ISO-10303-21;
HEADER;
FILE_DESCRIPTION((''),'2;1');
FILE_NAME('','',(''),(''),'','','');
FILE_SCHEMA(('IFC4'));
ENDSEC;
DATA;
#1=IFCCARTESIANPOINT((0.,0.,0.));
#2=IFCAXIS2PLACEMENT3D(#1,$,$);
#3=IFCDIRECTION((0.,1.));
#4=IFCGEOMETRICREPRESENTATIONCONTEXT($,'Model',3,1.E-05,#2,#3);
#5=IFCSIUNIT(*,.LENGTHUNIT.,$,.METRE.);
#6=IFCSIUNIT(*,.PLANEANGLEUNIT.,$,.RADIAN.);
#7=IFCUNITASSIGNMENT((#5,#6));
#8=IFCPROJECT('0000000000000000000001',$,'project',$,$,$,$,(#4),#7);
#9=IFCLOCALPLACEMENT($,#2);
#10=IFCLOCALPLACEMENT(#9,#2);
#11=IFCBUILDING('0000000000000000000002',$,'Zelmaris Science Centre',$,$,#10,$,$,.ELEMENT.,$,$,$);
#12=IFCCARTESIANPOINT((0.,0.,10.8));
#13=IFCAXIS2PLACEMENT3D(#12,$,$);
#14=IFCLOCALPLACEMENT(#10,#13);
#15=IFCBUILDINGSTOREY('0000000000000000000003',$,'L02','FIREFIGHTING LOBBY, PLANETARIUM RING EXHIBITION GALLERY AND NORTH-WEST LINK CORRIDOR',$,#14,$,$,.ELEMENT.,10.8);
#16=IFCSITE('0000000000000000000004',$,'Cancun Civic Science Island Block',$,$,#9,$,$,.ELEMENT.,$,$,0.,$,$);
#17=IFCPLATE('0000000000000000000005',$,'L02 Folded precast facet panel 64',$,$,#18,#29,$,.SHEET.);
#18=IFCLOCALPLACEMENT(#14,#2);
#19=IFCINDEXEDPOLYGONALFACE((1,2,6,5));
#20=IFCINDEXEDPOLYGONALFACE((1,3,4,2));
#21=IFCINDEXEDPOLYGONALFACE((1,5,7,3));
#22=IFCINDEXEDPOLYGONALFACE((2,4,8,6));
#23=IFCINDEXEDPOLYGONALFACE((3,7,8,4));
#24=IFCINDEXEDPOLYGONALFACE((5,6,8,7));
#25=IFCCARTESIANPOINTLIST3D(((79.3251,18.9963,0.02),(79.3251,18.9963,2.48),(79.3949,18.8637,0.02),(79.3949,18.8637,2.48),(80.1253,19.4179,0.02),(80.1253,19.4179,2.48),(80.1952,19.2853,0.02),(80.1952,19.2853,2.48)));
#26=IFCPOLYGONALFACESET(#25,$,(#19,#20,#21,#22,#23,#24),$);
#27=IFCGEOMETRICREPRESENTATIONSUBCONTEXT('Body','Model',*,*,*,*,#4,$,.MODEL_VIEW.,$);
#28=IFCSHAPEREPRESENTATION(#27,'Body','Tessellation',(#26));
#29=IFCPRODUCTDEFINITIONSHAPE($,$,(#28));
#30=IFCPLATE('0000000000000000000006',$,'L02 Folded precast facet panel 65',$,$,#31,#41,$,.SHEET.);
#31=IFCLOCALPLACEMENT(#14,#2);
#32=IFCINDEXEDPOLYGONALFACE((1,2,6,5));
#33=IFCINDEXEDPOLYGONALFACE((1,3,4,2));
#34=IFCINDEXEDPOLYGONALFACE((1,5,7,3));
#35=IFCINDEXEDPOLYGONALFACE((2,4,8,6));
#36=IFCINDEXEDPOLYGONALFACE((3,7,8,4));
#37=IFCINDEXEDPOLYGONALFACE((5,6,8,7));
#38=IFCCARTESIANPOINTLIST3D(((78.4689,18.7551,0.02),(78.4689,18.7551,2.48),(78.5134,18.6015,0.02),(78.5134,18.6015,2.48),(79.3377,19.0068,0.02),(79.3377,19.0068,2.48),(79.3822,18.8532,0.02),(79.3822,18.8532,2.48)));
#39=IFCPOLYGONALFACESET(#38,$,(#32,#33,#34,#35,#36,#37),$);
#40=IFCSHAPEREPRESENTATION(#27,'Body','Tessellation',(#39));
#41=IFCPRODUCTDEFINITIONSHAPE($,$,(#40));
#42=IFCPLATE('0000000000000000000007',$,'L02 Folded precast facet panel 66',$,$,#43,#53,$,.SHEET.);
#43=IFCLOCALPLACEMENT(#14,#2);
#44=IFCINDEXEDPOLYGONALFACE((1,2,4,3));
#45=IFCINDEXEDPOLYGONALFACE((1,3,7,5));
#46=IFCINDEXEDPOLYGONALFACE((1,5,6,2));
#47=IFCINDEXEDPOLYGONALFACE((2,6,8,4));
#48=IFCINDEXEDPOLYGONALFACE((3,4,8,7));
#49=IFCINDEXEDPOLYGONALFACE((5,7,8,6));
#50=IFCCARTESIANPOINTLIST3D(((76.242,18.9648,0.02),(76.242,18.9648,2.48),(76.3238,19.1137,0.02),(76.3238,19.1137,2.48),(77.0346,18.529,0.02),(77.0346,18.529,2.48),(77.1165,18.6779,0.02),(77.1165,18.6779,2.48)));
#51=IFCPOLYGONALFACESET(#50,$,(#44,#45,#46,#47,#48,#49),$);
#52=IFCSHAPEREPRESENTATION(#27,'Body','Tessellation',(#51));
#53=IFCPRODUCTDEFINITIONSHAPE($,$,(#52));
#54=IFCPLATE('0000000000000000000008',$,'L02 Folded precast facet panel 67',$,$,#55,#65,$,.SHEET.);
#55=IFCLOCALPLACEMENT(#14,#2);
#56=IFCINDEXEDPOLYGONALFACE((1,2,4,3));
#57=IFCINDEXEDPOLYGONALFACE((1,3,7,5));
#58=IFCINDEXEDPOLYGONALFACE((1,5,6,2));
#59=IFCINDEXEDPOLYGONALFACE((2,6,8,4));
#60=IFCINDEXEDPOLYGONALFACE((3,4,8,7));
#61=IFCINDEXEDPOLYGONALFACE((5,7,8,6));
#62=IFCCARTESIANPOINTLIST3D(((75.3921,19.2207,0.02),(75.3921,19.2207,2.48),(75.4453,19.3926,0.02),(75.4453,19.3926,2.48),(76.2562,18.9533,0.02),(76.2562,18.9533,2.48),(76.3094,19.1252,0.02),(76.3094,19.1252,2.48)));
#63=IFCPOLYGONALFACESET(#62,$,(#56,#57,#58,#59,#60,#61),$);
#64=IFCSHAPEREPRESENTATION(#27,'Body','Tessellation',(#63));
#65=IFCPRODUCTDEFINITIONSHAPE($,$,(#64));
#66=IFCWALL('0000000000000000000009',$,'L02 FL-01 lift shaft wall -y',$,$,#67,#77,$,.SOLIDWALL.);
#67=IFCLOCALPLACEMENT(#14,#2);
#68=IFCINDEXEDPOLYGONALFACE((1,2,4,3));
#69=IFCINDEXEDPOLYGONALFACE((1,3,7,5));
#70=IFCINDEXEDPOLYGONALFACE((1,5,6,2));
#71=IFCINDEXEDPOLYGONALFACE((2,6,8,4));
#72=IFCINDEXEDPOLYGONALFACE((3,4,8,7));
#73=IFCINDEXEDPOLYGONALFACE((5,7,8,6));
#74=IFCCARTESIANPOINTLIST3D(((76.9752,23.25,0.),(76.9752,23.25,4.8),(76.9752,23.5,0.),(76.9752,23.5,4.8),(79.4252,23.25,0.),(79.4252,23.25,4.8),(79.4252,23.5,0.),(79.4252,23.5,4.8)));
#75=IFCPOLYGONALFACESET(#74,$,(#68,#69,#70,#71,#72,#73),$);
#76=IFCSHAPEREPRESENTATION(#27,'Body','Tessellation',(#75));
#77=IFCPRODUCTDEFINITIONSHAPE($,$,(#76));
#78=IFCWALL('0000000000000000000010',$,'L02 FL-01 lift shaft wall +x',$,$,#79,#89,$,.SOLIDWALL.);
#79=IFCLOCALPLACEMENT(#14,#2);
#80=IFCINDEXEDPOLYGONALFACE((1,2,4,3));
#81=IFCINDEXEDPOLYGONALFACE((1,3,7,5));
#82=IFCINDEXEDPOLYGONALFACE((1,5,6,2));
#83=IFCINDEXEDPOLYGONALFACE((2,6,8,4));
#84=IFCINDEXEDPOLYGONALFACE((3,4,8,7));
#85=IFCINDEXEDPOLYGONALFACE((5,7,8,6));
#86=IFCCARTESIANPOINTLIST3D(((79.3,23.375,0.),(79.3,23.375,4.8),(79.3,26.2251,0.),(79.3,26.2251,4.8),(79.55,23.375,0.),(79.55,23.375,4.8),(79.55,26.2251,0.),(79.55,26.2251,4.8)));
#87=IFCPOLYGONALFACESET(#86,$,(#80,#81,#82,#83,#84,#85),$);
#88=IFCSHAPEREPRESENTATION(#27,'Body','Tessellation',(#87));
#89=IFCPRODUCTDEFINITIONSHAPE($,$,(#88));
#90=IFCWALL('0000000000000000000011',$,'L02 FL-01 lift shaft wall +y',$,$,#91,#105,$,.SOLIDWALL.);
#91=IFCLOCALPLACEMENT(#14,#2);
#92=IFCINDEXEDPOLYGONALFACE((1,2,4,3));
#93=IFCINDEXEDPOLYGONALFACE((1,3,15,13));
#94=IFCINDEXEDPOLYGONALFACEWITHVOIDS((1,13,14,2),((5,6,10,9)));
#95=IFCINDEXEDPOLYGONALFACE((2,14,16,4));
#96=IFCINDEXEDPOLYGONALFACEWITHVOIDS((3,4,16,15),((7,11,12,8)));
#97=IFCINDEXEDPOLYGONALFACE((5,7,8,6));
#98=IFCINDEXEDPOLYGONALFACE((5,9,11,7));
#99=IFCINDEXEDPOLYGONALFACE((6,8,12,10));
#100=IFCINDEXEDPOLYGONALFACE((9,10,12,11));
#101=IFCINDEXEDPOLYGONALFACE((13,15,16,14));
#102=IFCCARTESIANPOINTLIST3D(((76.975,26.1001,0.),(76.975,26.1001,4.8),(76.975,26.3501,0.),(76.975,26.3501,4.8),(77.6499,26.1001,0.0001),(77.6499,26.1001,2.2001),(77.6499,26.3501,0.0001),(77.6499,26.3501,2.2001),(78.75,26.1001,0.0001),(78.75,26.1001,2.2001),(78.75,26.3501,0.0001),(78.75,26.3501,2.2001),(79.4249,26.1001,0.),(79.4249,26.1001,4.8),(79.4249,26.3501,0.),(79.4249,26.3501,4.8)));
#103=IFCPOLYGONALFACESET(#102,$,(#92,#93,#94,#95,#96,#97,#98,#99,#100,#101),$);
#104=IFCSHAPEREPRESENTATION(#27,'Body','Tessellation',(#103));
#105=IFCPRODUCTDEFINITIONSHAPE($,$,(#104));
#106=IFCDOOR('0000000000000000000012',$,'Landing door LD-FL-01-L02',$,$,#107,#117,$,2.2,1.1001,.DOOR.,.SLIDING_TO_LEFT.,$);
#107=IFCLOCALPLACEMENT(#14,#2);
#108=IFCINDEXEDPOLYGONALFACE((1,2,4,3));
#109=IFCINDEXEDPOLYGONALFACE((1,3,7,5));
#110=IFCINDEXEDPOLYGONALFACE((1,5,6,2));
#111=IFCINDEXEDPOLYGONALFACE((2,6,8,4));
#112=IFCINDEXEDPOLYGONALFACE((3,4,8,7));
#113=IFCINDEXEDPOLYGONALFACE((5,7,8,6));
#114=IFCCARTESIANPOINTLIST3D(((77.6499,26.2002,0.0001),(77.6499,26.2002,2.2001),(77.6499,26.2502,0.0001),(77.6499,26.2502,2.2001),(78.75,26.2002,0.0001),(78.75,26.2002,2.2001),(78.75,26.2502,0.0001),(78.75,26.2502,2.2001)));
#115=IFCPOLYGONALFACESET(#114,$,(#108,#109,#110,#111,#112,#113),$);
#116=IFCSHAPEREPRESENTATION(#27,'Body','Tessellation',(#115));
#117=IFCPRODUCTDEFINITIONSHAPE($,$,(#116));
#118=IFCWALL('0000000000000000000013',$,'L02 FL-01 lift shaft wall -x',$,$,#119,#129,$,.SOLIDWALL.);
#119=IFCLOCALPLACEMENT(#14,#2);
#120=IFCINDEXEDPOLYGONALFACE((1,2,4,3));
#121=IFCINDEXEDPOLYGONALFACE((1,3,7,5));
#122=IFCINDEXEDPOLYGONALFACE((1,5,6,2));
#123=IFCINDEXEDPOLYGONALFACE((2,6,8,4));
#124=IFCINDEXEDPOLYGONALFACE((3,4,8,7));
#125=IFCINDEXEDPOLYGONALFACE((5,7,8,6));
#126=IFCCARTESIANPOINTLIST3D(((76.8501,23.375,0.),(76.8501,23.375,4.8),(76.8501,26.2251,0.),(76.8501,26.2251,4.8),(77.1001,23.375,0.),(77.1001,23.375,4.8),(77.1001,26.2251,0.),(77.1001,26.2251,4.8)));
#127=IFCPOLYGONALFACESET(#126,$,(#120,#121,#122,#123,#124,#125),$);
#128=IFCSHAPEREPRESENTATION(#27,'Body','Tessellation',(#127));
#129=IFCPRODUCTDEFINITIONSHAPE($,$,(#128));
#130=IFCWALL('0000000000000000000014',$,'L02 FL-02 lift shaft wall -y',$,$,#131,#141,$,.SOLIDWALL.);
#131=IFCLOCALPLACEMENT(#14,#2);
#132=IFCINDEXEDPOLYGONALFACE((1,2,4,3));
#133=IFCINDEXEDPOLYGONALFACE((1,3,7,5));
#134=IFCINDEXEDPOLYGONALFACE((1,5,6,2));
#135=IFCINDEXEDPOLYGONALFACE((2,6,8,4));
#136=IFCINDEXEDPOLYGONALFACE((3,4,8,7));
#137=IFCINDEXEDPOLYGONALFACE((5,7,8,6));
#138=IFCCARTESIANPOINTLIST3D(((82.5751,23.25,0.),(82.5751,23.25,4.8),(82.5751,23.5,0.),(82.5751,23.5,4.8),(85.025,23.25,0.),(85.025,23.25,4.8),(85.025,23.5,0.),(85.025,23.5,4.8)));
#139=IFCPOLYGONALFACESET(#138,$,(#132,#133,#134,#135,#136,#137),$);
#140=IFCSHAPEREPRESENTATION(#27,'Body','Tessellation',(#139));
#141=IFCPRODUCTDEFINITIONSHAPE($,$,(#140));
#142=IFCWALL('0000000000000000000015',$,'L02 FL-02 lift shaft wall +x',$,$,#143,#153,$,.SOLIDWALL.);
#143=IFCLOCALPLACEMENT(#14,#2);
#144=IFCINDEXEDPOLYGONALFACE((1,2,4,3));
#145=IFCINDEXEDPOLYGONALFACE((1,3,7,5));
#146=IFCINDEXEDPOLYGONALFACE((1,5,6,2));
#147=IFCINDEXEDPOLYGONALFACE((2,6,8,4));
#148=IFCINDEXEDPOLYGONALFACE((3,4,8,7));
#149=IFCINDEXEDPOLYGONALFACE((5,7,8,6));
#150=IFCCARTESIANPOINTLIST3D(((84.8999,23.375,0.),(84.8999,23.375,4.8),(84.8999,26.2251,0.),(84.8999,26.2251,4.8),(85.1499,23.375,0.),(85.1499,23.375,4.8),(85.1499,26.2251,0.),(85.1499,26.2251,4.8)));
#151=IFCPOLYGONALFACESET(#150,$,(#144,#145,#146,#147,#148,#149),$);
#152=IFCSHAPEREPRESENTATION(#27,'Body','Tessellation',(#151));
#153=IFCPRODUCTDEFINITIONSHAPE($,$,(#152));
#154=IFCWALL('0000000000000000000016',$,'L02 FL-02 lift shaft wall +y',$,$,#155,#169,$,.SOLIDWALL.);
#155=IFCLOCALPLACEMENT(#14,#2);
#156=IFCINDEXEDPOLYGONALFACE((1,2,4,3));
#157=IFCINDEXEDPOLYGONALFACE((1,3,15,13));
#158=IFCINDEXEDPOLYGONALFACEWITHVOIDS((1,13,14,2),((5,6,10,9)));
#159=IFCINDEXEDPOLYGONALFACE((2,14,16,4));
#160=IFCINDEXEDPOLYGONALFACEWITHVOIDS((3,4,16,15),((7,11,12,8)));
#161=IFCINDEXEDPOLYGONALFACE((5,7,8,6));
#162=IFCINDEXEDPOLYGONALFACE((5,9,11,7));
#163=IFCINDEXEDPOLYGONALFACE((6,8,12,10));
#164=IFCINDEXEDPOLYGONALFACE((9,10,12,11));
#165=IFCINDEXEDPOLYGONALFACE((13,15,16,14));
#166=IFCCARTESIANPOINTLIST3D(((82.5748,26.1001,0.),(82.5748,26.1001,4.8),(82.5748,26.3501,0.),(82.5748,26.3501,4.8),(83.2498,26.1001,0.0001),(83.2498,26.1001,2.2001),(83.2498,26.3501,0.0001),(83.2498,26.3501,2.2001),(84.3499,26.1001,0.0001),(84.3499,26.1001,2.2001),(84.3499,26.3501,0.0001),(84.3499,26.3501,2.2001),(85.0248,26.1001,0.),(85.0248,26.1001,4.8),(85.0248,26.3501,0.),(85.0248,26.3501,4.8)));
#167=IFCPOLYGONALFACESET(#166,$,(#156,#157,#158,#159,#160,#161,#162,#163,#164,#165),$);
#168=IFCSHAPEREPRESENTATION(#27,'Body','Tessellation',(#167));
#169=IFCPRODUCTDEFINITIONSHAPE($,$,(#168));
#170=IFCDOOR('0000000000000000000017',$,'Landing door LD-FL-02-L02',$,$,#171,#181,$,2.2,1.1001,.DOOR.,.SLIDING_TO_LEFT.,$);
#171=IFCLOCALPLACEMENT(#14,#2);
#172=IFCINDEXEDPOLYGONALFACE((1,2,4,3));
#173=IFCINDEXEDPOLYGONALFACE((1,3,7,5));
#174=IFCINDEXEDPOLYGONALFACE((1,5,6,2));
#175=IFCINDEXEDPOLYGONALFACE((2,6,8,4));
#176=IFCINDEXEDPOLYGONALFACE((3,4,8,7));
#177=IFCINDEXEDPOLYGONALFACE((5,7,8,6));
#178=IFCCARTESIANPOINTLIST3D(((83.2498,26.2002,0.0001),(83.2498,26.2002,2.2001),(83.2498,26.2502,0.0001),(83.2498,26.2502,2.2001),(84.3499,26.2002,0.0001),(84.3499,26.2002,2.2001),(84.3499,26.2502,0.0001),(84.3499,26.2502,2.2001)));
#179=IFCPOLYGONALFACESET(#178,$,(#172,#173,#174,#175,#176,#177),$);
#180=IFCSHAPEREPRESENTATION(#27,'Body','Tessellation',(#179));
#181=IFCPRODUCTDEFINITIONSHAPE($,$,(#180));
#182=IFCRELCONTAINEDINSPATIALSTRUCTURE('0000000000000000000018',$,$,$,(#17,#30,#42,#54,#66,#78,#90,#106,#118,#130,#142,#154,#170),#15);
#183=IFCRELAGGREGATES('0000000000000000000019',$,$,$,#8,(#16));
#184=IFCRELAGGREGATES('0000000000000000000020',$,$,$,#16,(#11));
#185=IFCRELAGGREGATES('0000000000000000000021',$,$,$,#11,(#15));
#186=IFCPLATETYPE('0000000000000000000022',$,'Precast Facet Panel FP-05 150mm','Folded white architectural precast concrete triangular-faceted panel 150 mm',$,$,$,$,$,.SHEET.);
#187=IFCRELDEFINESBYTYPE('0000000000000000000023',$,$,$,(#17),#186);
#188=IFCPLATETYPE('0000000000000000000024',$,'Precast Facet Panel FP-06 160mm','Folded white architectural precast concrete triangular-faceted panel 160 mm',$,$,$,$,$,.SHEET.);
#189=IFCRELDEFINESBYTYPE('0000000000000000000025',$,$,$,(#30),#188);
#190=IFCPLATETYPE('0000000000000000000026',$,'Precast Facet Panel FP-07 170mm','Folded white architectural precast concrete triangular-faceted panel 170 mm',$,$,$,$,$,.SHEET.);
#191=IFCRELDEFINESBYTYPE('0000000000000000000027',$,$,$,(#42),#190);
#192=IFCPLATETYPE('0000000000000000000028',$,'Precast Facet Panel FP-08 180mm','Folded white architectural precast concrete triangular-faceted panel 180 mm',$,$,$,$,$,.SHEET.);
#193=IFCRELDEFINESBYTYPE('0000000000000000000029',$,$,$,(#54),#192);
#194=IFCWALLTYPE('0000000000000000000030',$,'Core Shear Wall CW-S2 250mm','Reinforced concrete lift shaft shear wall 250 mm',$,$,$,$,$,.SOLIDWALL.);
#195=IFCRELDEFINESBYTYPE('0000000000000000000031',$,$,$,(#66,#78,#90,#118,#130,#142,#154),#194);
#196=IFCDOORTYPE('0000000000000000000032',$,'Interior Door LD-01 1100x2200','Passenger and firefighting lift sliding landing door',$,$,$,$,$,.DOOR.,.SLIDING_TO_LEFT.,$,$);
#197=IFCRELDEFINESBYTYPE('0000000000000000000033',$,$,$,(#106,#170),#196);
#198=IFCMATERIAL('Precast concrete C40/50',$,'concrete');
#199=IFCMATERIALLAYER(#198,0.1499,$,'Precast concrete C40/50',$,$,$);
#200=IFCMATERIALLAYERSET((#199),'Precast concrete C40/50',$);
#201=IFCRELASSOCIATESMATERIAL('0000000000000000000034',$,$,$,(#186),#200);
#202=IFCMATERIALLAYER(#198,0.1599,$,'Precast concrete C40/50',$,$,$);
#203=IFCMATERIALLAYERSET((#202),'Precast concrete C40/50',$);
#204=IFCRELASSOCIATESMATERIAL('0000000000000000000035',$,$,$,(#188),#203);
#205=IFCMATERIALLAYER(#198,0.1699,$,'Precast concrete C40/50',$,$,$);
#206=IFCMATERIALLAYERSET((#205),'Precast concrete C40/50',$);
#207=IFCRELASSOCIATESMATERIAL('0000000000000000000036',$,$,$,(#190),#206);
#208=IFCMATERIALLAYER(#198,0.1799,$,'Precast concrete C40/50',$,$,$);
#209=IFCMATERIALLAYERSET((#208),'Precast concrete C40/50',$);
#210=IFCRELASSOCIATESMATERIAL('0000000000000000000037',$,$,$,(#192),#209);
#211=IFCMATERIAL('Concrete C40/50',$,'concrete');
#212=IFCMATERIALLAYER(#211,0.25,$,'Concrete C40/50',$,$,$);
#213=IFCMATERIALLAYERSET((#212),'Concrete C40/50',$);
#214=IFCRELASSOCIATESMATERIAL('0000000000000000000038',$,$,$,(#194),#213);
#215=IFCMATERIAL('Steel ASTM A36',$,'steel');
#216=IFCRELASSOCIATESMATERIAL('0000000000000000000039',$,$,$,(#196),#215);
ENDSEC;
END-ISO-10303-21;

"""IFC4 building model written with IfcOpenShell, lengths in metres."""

from ifc_helpers import new_model, si_unit, direction, frame, frame_2d, origin, place, context, subcontext, project, spatial, rectangle, extrude, material, layer, layer_set, type_object, element, fill, save


model = new_model("IFC4")

# Units and contexts
model_context = context("Model", 3, precision=1e-05, world=origin(), true_north=direction((0.0, 1.0)))
body_context = subcontext(model_context, "Body", "Model", "MODEL_VIEW")
ifc_project = project(units=[si_unit("LENGTHUNIT", "METRE"), si_unit("PLANEANGLEUNIT", "RADIAN")], contexts=[model_context])

# Site, building, storey
site_placement = place(None, origin())
site = spatial("IfcSite", under=ifc_project, at=site_placement, Name="Cancun Civic Science Island Block", CompositionType="ELEMENT", RefElevation=0.0)
building_placement = place(site_placement, origin())
building = spatial("IfcBuilding", under=site, at=building_placement, Name="Zelmaris Science Centre", CompositionType="ELEMENT")
storey_placement = place(building_placement, frame((0.0, 0.0, 10.8)))
storey = spatial("IfcBuildingStorey", under=building, at=storey_placement, Name="L02", Description="FIREFIGHTING LOBBY, PLANETARIUM RING EXHIBITION GALLERY AND NORTH-WEST LINK CORRIDOR", CompositionType="ELEMENT", Elevation=10.8)

# Plates
ifc_material_1 = material(Name="Precast concrete C40/50", Category="concrete")
ifc_layer_1 = layer(ifc_material_1, 0.1499, Name="Precast concrete C40/50")
ifc_layer_set_1 = layer_set([ifc_layer_1], Name="Precast concrete C40/50")
plate_type_1 = type_object("IfcPlateType", Name="Precast Facet Panel FP-05 150mm", Description="Folded white architectural precast concrete triangular-faceted panel 150 mm", PredefinedType="SHEET", material=ifc_layer_set_1)
plate_1_placement = place(storey_placement, frame((80.1602, 19.3516, 0.02), z_axis=(0.0, 0.0, 1.0), x_axis=(-0.884725, -0.466113, 0.0)))
element("IfcPlate", 1, at=plate_1_placement, inside=storey, type_object=plate_type_1, Name="L02 Folded precast facet panel 64", PredefinedType="SHEET", context=body_context, shape_type="SweptSolid", body=[
    extrude(rectangle(XDim=0.9045, YDim=0.1499, at=frame_2d((0.4521, 0.0))), origin(), (0.0, 0.0, 1.0), 2.46),
])
ifc_layer_2 = layer(ifc_material_1, 0.1599, Name="Precast concrete C40/50")
ifc_layer_set_2 = layer_set([ifc_layer_2], Name="Precast concrete C40/50")
plate_type_2 = type_object("IfcPlateType", Name="Precast Facet Panel FP-06 160mm", Description="Folded white architectural precast concrete triangular-faceted panel 160 mm", PredefinedType="SHEET", material=ifc_layer_set_2)
plate_2_placement = place(storey_placement, frame((79.3599, 18.9299, 0.02), z_axis=(0.0, 0.0, 1.0), x_axis=(-0.960509, -0.278248, 0.0)))
element("IfcPlate", 2, at=plate_2_placement, inside=storey, type_object=plate_type_2, Name="L02 Folded precast facet panel 65", PredefinedType="SHEET", context=body_context, shape_type="SweptSolid", body=[
    extrude(rectangle(XDim=0.9045, YDim=0.1599, at=frame_2d((0.4521, 0.0))), origin(), (0.0, 0.0, 1.0), 2.46),
])
ifc_layer_3 = layer(ifc_material_1, 0.1699, Name="Precast concrete C40/50")
ifc_layer_set_3 = layer_set([ifc_layer_3], Name="Precast concrete C40/50")
plate_type_3 = type_object("IfcPlateType", Name="Precast Facet Panel FP-07 170mm", Description="Folded white architectural precast concrete triangular-faceted panel 170 mm", PredefinedType="SHEET", material=ifc_layer_set_3)
plate_3_placement = place(storey_placement, frame((77.0754, 18.6035, 0.02), z_axis=(0.0, 0.0, 1.0), x_axis=(-0.876313, 0.481743, 0.0)))
element("IfcPlate", 3, at=plate_3_placement, inside=storey, type_object=plate_type_3, Name="L02 Folded precast facet panel 66", PredefinedType="SHEET", context=body_context, shape_type="SweptSolid", body=[
    extrude(rectangle(XDim=0.9045, YDim=0.1699, at=frame_2d((0.4521, 0.0))), origin(), (0.0, 0.0, 1.0), 2.46),
])
ifc_layer_4 = layer(ifc_material_1, 0.1799, Name="Precast concrete C40/50")
ifc_layer_set_4 = layer_set([ifc_layer_4], Name="Precast concrete C40/50")
plate_type_4 = type_object("IfcPlateType", Name="Precast Facet Panel FP-08 180mm", Description="Folded white architectural precast concrete triangular-faceted panel 180 mm", PredefinedType="SHEET", material=ifc_layer_set_4)
plate_4_placement = place(storey_placement, frame((76.2827, 19.0393, 0.02), z_axis=(0.0, 0.0, 1.0), x_axis=(-0.955317, 0.295584, 0.0)))
element("IfcPlate", 4, at=plate_4_placement, inside=storey, type_object=plate_type_4, Name="L02 Folded precast facet panel 67", PredefinedType="SHEET", context=body_context, shape_type="SweptSolid", body=[
    extrude(rectangle(XDim=0.9045, YDim=0.1799, at=frame_2d((0.4521, 0.0))), origin(), (0.0, 0.0, 1.0), 2.46),
])

# Walls
ifc_material_2 = material(Name="Concrete C40/50", Category="concrete")
ifc_layer_5 = layer(ifc_material_2, 0.25, Name="Concrete C40/50")
ifc_layer_set_5 = layer_set([ifc_layer_5], Name="Concrete C40/50")
wall_type_1 = type_object("IfcWallType", Name="Core Shear Wall CW-S2 250mm", Description="Reinforced concrete lift shaft shear wall 250 mm", PredefinedType="SOLIDWALL", material=ifc_layer_set_5)
wall_1_placement = place(storey_placement, frame((76.9751, 23.375, 0.0), z_axis=(0.0, 0.0, 1.0), x_axis=(1.0, 0.0, 0.0)))
element("IfcWall", 5, at=wall_1_placement, inside=storey, type_object=wall_type_1, Name="L02 FL-01 lift shaft wall -y", PredefinedType="SOLIDWALL", context=body_context, shape_type="SweptSolid", body=[
    extrude(rectangle(XDim=2.45, YDim=0.25, at=frame_2d((1.2251, 0.0))), origin(), (0.0, 0.0, 1.0), 4.8),
])
wall_2_placement = place(storey_placement, frame((79.425, 23.375, 0.0), z_axis=(0.0, 0.0, 1.0), x_axis=(0.0, 1.0, 0.0)))
element("IfcWall", 6, at=wall_2_placement, inside=storey, type_object=wall_type_1, Name="L02 FL-01 lift shaft wall +x", PredefinedType="SOLIDWALL", context=body_context, shape_type="SweptSolid", body=[
    extrude(rectangle(XDim=2.8501, YDim=0.25, at=frame_2d((1.425, 0.0))), origin(), (0.0, 0.0, 1.0), 4.8),
])

# Wall, opening, door
wall_3_placement = place(storey_placement, frame((79.425, 26.2251, 0.0), z_axis=(0.0, 0.0, 1.0), x_axis=(-1.0, 0.0, 0.0)))
wall_3 = element("IfcWall", 7, at=wall_3_placement, inside=storey, type_object=wall_type_1, Name="L02 FL-01 lift shaft wall +y", PredefinedType="SOLIDWALL", context=body_context, shape_type="SweptSolid", body=[
    extrude(rectangle(XDim=2.45, YDim=0.25, at=frame_2d((1.2251, 0.0))), origin(), (0.0, 0.0, 1.0), 4.8),
])
opening_1_placement = place(wall_3_placement, frame((0.675, 0.0, 0.0)))
opening_1 = element("IfcOpeningElement", 8, at=opening_1_placement, cuts=wall_3, PredefinedType="OPENING", context=body_context, shape_type="SweptSolid", body=[
    extrude(rectangle(XDim=1.1001, YDim=2.2, at=frame_2d((0.55, 1.1001))), frame((0.0, 0.135, 0.0), z_axis=(0.0, -1.0, 0.0), x_axis=(1.0, 0.0, 0.0)), (0.0, 0.0, 1.0), 0.27),
])
ifc_material_3 = material(Name="Steel ASTM A36", Category="steel")
door_type = type_object("IfcDoorType", Name="Interior Door LD-01 1100x2200", Description="Passenger and firefighting lift sliding landing door", OperationType="SLIDING_TO_LEFT", PredefinedType="DOOR", material=ifc_material_3)
door_1_placement = place(opening_1_placement, origin())
door_1 = element("IfcDoor", 9, at=door_1_placement, inside=storey, type_object=door_type, Name="Landing door LD-FL-01-L02", OperationType="SLIDING_TO_LEFT", OverallHeight=2.2, OverallWidth=1.1001, PredefinedType="DOOR", context=body_context, shape_type="SweptSolid", body=[
    extrude(rectangle(XDim=1.1001, YDim=2.2, at=frame_2d((0.55, 1.1001))), frame((0.0, 0.0249, 0.0), z_axis=(0.0, -1.0, 0.0), x_axis=(1.0, 0.0, 0.0)), (0.0, 0.0, 1.0), 0.05),
])
fill(opening_1, door_1)

# Walls
wall_4_placement = place(storey_placement, frame((76.9751, 26.2251, 0.0), z_axis=(0.0, 0.0, 1.0), x_axis=(0.0, -1.0, 0.0)))
element("IfcWall", 10, at=wall_4_placement, inside=storey, type_object=wall_type_1, Name="L02 FL-01 lift shaft wall -x", PredefinedType="SOLIDWALL", context=body_context, shape_type="SweptSolid", body=[
    extrude(rectangle(XDim=2.8501, YDim=0.25, at=frame_2d((1.425, 0.0))), origin(), (0.0, 0.0, 1.0), 4.8),
])
wall_5_placement = place(storey_placement, frame((82.575, 23.375, 0.0), z_axis=(0.0, 0.0, 1.0), x_axis=(1.0, 0.0, 0.0)))
element("IfcWall", 11, at=wall_5_placement, inside=storey, type_object=wall_type_1, Name="L02 FL-02 lift shaft wall -y", PredefinedType="SOLIDWALL", context=body_context, shape_type="SweptSolid", body=[
    extrude(rectangle(XDim=2.45, YDim=0.25, at=frame_2d((1.2251, 0.0))), origin(), (0.0, 0.0, 1.0), 4.8),
])
wall_6_placement = place(storey_placement, frame((85.0249, 23.375, 0.0), z_axis=(0.0, 0.0, 1.0), x_axis=(0.0, 1.0, 0.0)))
element("IfcWall", 12, at=wall_6_placement, inside=storey, type_object=wall_type_1, Name="L02 FL-02 lift shaft wall +x", PredefinedType="SOLIDWALL", context=body_context, shape_type="SweptSolid", body=[
    extrude(rectangle(XDim=2.8501, YDim=0.25, at=frame_2d((1.425, 0.0))), origin(), (0.0, 0.0, 1.0), 4.8),
])

# Wall, opening, door
wall_7_placement = place(storey_placement, frame((85.0249, 26.2251, 0.0), z_axis=(0.0, 0.0, 1.0), x_axis=(-1.0, 0.0, 0.0)))
wall_7 = element("IfcWall", 13, at=wall_7_placement, inside=storey, type_object=wall_type_1, Name="L02 FL-02 lift shaft wall +y", PredefinedType="SOLIDWALL", context=body_context, shape_type="SweptSolid", body=[
    extrude(rectangle(XDim=2.45, YDim=0.25, at=frame_2d((1.2251, 0.0))), origin(), (0.0, 0.0, 1.0), 4.8),
])
opening_2_placement = place(wall_7_placement, frame((0.675, 0.0, 0.0)))
opening_2 = element("IfcOpeningElement", 14, at=opening_2_placement, cuts=wall_7, PredefinedType="OPENING", context=body_context, shape_type="SweptSolid", body=[
    extrude(rectangle(XDim=1.1001, YDim=2.2, at=frame_2d((0.55, 1.1001))), frame((0.0, 0.135, 0.0), z_axis=(0.0, -1.0, 0.0), x_axis=(1.0, 0.0, 0.0)), (0.0, 0.0, 1.0), 0.27),
])
door_2_placement = place(opening_2_placement, origin())
door_2 = element("IfcDoor", 15, at=door_2_placement, inside=storey, type_object=door_type, Name="Landing door LD-FL-02-L02", OperationType="SLIDING_TO_LEFT", OverallHeight=2.2, OverallWidth=1.1001, PredefinedType="DOOR", context=body_context, shape_type="SweptSolid", body=[
    extrude(rectangle(XDim=1.1001, YDim=2.2, at=frame_2d((0.55, 1.1001))), frame((0.0, 0.0249, 0.0), z_axis=(0.0, -1.0, 0.0), x_axis=(1.0, 0.0, 0.0)), (0.0, 0.0, 1.0), 0.05),
])
fill(opening_2, door_2)

save(model, "model.ifc")
